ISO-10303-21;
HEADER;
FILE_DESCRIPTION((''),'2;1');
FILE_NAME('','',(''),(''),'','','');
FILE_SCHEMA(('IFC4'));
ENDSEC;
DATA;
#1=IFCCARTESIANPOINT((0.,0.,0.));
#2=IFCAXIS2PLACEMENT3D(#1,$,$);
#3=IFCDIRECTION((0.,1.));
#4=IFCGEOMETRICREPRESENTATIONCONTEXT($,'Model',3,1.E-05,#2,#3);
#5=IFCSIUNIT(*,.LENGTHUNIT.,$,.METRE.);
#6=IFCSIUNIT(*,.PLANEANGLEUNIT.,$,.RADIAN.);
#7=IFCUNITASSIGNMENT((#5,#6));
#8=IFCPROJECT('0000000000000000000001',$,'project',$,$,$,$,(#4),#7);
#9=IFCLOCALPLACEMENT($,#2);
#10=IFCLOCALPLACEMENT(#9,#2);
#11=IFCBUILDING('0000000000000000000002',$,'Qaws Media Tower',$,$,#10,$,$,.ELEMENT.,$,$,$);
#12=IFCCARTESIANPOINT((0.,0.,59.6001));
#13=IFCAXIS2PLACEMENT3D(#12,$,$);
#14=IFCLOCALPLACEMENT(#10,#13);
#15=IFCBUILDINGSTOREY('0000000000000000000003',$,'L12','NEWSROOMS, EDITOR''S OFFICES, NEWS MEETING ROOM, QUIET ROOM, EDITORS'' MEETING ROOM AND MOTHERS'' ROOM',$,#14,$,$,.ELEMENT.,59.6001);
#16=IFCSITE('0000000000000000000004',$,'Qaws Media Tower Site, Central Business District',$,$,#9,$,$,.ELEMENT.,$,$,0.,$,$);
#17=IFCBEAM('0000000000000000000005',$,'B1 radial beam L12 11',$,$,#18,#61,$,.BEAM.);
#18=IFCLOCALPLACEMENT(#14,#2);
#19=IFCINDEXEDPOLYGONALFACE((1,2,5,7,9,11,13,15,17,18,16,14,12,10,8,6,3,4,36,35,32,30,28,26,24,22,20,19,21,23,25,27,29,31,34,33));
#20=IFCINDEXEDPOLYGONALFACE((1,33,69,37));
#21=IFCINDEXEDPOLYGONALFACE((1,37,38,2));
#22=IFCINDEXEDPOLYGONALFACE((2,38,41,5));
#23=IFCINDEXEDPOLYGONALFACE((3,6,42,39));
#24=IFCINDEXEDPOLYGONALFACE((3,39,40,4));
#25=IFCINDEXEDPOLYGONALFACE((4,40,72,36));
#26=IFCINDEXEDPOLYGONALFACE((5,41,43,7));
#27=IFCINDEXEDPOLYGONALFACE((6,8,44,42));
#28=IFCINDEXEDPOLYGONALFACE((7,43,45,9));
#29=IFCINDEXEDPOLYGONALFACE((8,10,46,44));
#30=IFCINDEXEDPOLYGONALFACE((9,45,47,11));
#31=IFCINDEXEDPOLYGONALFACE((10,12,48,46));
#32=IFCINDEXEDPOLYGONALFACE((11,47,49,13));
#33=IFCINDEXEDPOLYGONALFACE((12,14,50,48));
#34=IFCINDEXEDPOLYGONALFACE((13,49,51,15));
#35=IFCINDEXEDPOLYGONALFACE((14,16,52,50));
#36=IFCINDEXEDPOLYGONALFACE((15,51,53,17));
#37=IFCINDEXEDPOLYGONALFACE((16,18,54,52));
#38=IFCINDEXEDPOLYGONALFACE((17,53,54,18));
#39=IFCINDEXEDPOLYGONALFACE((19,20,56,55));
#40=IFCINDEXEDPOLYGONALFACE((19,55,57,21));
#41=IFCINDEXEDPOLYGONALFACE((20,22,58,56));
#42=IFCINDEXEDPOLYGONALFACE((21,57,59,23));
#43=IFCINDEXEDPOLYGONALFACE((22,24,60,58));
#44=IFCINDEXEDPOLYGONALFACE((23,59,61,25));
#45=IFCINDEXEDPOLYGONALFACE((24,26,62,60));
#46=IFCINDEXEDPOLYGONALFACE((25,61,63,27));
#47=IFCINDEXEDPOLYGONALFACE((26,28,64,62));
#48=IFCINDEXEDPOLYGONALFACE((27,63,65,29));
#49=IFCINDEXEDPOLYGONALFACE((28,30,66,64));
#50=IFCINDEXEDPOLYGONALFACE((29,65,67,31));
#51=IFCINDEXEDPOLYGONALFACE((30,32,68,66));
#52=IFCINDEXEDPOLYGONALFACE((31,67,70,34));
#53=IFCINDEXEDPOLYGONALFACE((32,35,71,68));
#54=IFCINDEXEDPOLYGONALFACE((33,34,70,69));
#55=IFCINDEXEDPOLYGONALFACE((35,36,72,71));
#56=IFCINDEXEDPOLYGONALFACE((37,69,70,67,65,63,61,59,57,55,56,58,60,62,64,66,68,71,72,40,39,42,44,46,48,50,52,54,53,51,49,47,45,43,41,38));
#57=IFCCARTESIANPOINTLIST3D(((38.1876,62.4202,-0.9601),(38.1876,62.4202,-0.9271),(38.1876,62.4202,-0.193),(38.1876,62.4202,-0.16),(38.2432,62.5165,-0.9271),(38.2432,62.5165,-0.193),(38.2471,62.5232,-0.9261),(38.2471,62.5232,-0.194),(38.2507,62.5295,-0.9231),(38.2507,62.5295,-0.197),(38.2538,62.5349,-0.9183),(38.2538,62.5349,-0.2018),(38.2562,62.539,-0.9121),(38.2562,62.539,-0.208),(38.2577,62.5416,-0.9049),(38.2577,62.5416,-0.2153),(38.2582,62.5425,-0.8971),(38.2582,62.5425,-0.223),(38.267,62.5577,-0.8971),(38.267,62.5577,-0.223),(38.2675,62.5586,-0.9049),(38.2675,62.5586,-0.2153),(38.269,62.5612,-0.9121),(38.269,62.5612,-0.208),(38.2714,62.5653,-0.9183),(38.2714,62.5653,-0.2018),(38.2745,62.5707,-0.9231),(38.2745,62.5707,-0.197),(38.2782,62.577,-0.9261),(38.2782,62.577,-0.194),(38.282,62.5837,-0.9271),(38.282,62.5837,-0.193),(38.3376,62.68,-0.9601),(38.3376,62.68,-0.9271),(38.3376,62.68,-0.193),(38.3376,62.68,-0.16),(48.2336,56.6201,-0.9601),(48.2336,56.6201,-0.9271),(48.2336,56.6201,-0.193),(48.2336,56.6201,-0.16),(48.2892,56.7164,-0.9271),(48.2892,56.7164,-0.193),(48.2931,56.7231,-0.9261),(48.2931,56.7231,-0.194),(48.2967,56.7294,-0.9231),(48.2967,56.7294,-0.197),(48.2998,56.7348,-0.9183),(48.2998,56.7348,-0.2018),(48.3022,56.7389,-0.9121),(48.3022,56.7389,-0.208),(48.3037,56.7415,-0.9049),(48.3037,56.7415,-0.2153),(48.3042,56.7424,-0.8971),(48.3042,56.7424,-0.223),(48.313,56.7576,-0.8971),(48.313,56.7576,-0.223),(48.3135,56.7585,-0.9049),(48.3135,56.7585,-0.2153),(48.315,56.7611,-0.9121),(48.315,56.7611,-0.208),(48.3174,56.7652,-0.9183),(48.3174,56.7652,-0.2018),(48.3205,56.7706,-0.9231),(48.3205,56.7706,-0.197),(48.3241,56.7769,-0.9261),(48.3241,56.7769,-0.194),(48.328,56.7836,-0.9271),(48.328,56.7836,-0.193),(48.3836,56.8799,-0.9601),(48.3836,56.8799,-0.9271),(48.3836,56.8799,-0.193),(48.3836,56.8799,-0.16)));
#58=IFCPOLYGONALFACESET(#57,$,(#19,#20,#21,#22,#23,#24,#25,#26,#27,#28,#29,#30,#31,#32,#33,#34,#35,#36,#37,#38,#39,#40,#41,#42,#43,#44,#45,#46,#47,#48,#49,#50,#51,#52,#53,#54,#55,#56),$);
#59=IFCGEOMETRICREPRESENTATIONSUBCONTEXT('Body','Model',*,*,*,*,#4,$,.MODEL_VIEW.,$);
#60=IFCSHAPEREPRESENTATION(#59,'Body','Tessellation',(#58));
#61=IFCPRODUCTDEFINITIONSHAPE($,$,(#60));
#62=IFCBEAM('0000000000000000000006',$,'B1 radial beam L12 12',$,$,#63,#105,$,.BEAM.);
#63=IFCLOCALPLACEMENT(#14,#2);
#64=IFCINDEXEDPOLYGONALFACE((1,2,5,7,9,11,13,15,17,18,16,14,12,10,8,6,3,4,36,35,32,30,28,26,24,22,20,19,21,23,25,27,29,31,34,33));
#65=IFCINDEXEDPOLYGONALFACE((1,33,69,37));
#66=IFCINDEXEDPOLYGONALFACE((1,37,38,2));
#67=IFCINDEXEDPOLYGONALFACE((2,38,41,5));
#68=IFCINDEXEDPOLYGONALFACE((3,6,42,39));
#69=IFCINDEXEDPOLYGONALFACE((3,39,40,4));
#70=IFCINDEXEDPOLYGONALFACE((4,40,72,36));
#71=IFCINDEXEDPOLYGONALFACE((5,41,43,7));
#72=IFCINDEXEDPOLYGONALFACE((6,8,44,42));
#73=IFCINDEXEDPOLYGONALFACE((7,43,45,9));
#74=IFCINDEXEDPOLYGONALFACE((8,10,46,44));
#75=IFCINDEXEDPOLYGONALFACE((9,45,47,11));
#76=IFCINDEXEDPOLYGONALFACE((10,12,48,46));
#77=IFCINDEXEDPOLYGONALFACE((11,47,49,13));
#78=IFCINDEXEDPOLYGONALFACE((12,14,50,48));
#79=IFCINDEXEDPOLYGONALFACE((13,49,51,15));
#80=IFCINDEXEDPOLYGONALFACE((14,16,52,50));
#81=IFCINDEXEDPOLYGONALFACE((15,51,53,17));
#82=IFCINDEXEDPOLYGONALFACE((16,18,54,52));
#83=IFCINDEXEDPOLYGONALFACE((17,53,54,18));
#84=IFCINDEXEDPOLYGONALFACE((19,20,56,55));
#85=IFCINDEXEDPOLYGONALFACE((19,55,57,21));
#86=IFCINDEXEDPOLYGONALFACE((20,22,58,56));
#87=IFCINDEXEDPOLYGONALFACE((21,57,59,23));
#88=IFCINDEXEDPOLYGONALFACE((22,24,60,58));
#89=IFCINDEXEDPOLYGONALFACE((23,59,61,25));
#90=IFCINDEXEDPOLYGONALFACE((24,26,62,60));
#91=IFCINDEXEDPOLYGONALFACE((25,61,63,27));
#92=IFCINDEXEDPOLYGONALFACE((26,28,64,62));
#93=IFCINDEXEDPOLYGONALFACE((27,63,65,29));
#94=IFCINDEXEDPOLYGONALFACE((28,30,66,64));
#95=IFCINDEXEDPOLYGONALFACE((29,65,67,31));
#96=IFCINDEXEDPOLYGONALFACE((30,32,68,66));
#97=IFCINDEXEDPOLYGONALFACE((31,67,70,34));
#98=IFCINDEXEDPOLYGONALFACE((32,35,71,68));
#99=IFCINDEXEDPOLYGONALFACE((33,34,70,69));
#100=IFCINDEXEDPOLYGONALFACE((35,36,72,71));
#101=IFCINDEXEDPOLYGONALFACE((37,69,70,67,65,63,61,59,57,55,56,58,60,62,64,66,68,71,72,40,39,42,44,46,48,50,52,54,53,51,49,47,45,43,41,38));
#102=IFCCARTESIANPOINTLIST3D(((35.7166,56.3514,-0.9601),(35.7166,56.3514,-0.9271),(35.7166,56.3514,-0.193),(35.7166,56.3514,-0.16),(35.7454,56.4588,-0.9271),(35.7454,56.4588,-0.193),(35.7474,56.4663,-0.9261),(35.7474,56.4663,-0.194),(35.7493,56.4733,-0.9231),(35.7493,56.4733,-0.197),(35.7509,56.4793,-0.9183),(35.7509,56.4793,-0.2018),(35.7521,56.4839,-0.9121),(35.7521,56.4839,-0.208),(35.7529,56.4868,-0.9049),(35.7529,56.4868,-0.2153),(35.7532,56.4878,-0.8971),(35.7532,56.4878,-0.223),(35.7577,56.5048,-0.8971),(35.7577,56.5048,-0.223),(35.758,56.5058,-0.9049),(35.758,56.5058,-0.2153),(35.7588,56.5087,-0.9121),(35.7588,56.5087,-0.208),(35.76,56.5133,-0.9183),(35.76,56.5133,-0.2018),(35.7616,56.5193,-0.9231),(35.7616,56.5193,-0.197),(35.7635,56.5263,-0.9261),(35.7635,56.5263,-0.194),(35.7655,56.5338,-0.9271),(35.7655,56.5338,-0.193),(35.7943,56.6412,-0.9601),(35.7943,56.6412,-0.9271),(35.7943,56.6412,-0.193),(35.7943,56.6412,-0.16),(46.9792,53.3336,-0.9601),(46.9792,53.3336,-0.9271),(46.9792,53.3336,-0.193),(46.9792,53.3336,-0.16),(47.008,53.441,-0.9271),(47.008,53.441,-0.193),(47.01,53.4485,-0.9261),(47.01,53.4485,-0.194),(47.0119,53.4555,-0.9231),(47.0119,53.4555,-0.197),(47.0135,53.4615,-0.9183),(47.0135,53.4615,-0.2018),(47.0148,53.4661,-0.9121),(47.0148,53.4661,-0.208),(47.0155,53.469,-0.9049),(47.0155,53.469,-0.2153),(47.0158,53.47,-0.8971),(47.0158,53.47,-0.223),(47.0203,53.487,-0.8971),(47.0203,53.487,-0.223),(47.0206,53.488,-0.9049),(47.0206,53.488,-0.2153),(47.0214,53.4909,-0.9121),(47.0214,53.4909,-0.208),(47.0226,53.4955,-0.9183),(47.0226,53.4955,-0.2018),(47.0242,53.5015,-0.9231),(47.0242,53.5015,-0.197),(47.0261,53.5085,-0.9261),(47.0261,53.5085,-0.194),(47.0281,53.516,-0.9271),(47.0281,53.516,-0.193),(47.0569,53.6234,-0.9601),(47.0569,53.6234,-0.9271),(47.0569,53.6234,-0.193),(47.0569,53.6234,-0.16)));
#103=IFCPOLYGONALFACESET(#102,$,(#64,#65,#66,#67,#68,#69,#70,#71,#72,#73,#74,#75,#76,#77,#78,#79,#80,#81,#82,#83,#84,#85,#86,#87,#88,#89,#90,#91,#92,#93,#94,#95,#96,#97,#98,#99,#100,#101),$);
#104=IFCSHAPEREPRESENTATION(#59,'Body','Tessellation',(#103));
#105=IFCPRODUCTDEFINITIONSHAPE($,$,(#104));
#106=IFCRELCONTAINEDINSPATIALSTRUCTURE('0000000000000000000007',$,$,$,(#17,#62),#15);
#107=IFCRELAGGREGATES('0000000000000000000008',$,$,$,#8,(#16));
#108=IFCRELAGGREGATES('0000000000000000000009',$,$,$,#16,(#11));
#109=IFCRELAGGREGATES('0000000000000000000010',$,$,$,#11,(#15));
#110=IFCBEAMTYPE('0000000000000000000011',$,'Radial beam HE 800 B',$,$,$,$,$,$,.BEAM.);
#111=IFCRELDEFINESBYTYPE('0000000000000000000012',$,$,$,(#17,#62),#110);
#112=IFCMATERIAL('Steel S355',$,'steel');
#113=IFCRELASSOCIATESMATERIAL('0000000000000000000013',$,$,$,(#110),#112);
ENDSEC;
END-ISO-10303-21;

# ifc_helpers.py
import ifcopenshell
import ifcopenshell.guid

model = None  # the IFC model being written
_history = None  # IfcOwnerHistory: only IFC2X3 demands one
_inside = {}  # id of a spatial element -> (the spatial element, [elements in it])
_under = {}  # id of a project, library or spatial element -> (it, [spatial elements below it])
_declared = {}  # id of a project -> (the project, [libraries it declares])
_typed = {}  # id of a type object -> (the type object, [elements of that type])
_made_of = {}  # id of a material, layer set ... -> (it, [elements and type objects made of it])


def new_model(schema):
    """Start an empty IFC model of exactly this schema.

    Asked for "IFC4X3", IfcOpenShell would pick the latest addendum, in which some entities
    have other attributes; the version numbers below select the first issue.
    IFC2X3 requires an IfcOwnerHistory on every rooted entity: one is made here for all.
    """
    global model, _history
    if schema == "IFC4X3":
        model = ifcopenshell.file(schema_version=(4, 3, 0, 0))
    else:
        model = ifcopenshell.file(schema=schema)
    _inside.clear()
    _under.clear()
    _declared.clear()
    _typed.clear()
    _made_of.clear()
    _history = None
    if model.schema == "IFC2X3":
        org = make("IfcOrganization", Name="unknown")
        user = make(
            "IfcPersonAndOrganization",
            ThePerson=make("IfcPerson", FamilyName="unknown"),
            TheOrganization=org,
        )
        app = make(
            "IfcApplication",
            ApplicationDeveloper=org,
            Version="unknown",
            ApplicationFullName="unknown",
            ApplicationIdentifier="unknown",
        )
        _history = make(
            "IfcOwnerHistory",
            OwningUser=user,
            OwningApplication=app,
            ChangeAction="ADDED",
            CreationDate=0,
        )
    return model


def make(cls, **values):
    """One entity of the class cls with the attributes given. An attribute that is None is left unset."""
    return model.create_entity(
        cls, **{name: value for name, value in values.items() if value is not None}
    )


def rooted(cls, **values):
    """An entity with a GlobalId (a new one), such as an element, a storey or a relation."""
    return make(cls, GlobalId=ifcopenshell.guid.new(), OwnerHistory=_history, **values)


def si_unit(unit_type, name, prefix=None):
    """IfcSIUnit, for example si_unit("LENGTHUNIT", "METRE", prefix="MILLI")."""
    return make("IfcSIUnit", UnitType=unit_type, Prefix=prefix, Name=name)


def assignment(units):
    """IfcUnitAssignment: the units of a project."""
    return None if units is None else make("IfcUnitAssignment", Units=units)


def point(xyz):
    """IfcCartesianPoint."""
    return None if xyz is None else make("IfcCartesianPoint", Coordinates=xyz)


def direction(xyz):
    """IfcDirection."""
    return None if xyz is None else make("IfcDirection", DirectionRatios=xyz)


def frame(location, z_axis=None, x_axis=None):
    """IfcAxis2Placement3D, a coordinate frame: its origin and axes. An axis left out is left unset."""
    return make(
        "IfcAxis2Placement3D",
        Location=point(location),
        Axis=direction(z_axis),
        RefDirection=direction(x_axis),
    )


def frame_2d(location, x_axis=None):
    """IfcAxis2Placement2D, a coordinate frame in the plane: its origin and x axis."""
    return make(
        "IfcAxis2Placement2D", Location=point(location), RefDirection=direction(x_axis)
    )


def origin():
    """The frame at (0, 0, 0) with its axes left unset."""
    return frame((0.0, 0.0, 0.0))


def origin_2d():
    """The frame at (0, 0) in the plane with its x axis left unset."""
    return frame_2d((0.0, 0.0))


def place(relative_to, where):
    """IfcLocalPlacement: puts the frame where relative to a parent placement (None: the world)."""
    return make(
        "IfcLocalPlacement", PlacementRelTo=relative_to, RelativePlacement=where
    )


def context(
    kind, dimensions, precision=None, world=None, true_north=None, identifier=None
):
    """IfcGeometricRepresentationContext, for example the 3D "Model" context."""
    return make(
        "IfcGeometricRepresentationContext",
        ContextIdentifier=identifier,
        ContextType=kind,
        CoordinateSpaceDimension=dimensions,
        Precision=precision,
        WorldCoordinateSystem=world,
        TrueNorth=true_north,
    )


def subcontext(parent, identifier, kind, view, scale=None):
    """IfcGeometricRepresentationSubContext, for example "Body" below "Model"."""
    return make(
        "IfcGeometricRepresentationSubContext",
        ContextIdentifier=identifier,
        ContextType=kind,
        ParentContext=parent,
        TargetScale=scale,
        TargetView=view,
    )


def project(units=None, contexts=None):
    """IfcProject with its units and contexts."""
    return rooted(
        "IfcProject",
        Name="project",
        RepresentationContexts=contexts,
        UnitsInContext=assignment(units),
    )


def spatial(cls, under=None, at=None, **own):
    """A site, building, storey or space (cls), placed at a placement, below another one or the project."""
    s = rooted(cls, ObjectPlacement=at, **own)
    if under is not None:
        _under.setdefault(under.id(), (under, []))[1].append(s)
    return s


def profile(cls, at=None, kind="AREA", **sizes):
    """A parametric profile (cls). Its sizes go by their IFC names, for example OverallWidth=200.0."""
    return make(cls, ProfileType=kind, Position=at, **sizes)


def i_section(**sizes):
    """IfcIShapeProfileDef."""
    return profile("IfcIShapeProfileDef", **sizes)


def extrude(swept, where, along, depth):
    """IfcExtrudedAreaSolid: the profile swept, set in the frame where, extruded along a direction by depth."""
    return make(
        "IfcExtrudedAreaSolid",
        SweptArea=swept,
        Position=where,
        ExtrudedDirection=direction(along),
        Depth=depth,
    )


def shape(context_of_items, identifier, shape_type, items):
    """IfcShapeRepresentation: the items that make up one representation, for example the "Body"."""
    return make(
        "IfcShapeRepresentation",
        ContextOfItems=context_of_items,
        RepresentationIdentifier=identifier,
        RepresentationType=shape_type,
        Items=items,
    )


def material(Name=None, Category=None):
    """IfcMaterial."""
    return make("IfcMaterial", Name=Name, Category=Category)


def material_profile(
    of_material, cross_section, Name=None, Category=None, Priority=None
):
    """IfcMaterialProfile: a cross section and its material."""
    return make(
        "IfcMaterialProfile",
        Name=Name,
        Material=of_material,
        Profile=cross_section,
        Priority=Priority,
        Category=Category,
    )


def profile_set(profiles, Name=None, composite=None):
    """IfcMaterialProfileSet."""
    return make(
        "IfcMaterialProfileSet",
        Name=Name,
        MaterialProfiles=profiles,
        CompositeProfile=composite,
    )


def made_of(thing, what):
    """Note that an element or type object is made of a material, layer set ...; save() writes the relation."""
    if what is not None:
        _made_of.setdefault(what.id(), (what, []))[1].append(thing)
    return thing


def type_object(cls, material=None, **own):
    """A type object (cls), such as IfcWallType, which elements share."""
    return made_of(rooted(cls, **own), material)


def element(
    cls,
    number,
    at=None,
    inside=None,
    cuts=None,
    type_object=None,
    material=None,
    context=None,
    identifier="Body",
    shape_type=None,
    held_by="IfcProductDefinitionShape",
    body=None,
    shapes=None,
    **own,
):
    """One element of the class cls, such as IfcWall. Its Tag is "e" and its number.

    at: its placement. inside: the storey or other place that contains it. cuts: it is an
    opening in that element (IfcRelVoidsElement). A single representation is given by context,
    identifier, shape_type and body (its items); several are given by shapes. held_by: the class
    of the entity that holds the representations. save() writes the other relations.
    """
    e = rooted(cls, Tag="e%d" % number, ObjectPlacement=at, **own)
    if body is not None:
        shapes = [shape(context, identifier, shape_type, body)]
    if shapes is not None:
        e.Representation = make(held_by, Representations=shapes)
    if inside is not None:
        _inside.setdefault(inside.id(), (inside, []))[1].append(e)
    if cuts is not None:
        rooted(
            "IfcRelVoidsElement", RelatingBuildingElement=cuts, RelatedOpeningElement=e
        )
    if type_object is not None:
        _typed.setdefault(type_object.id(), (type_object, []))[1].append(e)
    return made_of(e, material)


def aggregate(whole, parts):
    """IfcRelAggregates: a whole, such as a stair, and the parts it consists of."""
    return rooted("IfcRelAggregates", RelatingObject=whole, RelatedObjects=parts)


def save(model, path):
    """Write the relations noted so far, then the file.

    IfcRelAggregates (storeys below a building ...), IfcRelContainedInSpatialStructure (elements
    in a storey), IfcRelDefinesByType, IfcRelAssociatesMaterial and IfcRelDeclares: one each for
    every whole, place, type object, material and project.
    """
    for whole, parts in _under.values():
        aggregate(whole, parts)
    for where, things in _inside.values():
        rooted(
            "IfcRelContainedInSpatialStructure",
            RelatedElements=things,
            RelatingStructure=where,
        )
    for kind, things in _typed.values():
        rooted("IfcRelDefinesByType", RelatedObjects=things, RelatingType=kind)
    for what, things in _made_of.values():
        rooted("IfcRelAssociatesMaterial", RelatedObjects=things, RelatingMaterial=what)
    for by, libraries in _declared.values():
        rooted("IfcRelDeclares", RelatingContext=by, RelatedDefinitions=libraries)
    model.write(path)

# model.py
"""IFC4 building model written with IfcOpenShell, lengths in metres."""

from ifc_helpers import new_model, si_unit, direction, frame, origin, origin_2d, place, context, subcontext, project, spatial, i_section, extrude, material, material_profile, profile_set, type_object, element, save


model = new_model("IFC4")

# Units and contexts
model_context = context("Model", 3, precision=1e-05, world=origin(), true_north=direction((0.0, 1.0)))
body_context = subcontext(model_context, "Body", "Model", "MODEL_VIEW")
ifc_project = project(units=[si_unit("LENGTHUNIT", "METRE"), si_unit("PLANEANGLEUNIT", "RADIAN")], contexts=[model_context])

# Site, building, storey
site_placement = place(None, origin())
site = spatial("IfcSite", under=ifc_project, at=site_placement, Name="Qaws Media Tower Site, Central Business District", CompositionType="ELEMENT", RefElevation=0.0)
building_placement = place(site_placement, origin())
building = spatial("IfcBuilding", under=site, at=building_placement, Name="Qaws Media Tower", CompositionType="ELEMENT")
storey_placement = place(building_placement, frame((0.0, 0.0, 59.6001)))
storey = spatial("IfcBuildingStorey", under=building, at=storey_placement, Name="L12", Description="NEWSROOMS, EDITOR'S OFFICES, NEWS MEETING ROOM, QUIET ROOM, EDITORS' MEETING ROOM AND MOTHERS' ROOM", CompositionType="ELEMENT", Elevation=59.6001)

# Beams
ifc_material_1 = material(Name="Steel S355", Category="steel")
ifc_material_profile_1 = material_profile(ifc_material_1, i_section(OverallWidth=0.3, OverallDepth=0.8, WebThickness=0.0176, FlangeThickness=0.033, FilletRadius=0.03, at=origin_2d()), Name="HE 800 B")
ifc_profile_set_1 = profile_set([ifc_material_profile_1], Name="Steel S355")
beam_type_1 = type_object("IfcBeamType", Name="Radial beam HE 800 B", PredefinedType="BEAM", material=ifc_profile_set_1)
beam_1_placement = place(storey_placement, frame((48.3086, 56.75, -0.5601), z_axis=(-0.866024, 0.500003, 0.0), x_axis=(-0.500003, -0.866024, 0.0)))
element("IfcBeam", 1, at=beam_1_placement, inside=storey, type_object=beam_type_1, Name="B1 radial beam L12 11", PredefinedType="BEAM", context=body_context, shape_type="SweptSolid", body=[
    extrude(i_section(OverallWidth=0.3, OverallDepth=0.8, WebThickness=0.0176, FlangeThickness=0.033, FilletRadius=0.03, at=origin_2d()), origin(), (0.0, 0.0, 1.0), 11.6001),
])
beam_2_placement = place(storey_placement, frame((47.0181, 53.4785, -0.5601), z_axis=(-0.965926, 0.258818, 0.0), x_axis=(-0.258818, -0.965926, 0.0)))
element("IfcBeam", 2, at=beam_2_placement, inside=storey, type_object=beam_type_1, Name="B1 radial beam L12 12", PredefinedType="BEAM", context=body_context, shape_type="SweptSolid", body=[
    extrude(i_section(OverallWidth=0.3, OverallDepth=0.8, WebThickness=0.0176, FlangeThickness=0.033, FilletRadius=0.03, at=origin_2d()), origin(), (0.0, 0.0, 1.0), 11.6599),
])

save(model, "model.ifc")
